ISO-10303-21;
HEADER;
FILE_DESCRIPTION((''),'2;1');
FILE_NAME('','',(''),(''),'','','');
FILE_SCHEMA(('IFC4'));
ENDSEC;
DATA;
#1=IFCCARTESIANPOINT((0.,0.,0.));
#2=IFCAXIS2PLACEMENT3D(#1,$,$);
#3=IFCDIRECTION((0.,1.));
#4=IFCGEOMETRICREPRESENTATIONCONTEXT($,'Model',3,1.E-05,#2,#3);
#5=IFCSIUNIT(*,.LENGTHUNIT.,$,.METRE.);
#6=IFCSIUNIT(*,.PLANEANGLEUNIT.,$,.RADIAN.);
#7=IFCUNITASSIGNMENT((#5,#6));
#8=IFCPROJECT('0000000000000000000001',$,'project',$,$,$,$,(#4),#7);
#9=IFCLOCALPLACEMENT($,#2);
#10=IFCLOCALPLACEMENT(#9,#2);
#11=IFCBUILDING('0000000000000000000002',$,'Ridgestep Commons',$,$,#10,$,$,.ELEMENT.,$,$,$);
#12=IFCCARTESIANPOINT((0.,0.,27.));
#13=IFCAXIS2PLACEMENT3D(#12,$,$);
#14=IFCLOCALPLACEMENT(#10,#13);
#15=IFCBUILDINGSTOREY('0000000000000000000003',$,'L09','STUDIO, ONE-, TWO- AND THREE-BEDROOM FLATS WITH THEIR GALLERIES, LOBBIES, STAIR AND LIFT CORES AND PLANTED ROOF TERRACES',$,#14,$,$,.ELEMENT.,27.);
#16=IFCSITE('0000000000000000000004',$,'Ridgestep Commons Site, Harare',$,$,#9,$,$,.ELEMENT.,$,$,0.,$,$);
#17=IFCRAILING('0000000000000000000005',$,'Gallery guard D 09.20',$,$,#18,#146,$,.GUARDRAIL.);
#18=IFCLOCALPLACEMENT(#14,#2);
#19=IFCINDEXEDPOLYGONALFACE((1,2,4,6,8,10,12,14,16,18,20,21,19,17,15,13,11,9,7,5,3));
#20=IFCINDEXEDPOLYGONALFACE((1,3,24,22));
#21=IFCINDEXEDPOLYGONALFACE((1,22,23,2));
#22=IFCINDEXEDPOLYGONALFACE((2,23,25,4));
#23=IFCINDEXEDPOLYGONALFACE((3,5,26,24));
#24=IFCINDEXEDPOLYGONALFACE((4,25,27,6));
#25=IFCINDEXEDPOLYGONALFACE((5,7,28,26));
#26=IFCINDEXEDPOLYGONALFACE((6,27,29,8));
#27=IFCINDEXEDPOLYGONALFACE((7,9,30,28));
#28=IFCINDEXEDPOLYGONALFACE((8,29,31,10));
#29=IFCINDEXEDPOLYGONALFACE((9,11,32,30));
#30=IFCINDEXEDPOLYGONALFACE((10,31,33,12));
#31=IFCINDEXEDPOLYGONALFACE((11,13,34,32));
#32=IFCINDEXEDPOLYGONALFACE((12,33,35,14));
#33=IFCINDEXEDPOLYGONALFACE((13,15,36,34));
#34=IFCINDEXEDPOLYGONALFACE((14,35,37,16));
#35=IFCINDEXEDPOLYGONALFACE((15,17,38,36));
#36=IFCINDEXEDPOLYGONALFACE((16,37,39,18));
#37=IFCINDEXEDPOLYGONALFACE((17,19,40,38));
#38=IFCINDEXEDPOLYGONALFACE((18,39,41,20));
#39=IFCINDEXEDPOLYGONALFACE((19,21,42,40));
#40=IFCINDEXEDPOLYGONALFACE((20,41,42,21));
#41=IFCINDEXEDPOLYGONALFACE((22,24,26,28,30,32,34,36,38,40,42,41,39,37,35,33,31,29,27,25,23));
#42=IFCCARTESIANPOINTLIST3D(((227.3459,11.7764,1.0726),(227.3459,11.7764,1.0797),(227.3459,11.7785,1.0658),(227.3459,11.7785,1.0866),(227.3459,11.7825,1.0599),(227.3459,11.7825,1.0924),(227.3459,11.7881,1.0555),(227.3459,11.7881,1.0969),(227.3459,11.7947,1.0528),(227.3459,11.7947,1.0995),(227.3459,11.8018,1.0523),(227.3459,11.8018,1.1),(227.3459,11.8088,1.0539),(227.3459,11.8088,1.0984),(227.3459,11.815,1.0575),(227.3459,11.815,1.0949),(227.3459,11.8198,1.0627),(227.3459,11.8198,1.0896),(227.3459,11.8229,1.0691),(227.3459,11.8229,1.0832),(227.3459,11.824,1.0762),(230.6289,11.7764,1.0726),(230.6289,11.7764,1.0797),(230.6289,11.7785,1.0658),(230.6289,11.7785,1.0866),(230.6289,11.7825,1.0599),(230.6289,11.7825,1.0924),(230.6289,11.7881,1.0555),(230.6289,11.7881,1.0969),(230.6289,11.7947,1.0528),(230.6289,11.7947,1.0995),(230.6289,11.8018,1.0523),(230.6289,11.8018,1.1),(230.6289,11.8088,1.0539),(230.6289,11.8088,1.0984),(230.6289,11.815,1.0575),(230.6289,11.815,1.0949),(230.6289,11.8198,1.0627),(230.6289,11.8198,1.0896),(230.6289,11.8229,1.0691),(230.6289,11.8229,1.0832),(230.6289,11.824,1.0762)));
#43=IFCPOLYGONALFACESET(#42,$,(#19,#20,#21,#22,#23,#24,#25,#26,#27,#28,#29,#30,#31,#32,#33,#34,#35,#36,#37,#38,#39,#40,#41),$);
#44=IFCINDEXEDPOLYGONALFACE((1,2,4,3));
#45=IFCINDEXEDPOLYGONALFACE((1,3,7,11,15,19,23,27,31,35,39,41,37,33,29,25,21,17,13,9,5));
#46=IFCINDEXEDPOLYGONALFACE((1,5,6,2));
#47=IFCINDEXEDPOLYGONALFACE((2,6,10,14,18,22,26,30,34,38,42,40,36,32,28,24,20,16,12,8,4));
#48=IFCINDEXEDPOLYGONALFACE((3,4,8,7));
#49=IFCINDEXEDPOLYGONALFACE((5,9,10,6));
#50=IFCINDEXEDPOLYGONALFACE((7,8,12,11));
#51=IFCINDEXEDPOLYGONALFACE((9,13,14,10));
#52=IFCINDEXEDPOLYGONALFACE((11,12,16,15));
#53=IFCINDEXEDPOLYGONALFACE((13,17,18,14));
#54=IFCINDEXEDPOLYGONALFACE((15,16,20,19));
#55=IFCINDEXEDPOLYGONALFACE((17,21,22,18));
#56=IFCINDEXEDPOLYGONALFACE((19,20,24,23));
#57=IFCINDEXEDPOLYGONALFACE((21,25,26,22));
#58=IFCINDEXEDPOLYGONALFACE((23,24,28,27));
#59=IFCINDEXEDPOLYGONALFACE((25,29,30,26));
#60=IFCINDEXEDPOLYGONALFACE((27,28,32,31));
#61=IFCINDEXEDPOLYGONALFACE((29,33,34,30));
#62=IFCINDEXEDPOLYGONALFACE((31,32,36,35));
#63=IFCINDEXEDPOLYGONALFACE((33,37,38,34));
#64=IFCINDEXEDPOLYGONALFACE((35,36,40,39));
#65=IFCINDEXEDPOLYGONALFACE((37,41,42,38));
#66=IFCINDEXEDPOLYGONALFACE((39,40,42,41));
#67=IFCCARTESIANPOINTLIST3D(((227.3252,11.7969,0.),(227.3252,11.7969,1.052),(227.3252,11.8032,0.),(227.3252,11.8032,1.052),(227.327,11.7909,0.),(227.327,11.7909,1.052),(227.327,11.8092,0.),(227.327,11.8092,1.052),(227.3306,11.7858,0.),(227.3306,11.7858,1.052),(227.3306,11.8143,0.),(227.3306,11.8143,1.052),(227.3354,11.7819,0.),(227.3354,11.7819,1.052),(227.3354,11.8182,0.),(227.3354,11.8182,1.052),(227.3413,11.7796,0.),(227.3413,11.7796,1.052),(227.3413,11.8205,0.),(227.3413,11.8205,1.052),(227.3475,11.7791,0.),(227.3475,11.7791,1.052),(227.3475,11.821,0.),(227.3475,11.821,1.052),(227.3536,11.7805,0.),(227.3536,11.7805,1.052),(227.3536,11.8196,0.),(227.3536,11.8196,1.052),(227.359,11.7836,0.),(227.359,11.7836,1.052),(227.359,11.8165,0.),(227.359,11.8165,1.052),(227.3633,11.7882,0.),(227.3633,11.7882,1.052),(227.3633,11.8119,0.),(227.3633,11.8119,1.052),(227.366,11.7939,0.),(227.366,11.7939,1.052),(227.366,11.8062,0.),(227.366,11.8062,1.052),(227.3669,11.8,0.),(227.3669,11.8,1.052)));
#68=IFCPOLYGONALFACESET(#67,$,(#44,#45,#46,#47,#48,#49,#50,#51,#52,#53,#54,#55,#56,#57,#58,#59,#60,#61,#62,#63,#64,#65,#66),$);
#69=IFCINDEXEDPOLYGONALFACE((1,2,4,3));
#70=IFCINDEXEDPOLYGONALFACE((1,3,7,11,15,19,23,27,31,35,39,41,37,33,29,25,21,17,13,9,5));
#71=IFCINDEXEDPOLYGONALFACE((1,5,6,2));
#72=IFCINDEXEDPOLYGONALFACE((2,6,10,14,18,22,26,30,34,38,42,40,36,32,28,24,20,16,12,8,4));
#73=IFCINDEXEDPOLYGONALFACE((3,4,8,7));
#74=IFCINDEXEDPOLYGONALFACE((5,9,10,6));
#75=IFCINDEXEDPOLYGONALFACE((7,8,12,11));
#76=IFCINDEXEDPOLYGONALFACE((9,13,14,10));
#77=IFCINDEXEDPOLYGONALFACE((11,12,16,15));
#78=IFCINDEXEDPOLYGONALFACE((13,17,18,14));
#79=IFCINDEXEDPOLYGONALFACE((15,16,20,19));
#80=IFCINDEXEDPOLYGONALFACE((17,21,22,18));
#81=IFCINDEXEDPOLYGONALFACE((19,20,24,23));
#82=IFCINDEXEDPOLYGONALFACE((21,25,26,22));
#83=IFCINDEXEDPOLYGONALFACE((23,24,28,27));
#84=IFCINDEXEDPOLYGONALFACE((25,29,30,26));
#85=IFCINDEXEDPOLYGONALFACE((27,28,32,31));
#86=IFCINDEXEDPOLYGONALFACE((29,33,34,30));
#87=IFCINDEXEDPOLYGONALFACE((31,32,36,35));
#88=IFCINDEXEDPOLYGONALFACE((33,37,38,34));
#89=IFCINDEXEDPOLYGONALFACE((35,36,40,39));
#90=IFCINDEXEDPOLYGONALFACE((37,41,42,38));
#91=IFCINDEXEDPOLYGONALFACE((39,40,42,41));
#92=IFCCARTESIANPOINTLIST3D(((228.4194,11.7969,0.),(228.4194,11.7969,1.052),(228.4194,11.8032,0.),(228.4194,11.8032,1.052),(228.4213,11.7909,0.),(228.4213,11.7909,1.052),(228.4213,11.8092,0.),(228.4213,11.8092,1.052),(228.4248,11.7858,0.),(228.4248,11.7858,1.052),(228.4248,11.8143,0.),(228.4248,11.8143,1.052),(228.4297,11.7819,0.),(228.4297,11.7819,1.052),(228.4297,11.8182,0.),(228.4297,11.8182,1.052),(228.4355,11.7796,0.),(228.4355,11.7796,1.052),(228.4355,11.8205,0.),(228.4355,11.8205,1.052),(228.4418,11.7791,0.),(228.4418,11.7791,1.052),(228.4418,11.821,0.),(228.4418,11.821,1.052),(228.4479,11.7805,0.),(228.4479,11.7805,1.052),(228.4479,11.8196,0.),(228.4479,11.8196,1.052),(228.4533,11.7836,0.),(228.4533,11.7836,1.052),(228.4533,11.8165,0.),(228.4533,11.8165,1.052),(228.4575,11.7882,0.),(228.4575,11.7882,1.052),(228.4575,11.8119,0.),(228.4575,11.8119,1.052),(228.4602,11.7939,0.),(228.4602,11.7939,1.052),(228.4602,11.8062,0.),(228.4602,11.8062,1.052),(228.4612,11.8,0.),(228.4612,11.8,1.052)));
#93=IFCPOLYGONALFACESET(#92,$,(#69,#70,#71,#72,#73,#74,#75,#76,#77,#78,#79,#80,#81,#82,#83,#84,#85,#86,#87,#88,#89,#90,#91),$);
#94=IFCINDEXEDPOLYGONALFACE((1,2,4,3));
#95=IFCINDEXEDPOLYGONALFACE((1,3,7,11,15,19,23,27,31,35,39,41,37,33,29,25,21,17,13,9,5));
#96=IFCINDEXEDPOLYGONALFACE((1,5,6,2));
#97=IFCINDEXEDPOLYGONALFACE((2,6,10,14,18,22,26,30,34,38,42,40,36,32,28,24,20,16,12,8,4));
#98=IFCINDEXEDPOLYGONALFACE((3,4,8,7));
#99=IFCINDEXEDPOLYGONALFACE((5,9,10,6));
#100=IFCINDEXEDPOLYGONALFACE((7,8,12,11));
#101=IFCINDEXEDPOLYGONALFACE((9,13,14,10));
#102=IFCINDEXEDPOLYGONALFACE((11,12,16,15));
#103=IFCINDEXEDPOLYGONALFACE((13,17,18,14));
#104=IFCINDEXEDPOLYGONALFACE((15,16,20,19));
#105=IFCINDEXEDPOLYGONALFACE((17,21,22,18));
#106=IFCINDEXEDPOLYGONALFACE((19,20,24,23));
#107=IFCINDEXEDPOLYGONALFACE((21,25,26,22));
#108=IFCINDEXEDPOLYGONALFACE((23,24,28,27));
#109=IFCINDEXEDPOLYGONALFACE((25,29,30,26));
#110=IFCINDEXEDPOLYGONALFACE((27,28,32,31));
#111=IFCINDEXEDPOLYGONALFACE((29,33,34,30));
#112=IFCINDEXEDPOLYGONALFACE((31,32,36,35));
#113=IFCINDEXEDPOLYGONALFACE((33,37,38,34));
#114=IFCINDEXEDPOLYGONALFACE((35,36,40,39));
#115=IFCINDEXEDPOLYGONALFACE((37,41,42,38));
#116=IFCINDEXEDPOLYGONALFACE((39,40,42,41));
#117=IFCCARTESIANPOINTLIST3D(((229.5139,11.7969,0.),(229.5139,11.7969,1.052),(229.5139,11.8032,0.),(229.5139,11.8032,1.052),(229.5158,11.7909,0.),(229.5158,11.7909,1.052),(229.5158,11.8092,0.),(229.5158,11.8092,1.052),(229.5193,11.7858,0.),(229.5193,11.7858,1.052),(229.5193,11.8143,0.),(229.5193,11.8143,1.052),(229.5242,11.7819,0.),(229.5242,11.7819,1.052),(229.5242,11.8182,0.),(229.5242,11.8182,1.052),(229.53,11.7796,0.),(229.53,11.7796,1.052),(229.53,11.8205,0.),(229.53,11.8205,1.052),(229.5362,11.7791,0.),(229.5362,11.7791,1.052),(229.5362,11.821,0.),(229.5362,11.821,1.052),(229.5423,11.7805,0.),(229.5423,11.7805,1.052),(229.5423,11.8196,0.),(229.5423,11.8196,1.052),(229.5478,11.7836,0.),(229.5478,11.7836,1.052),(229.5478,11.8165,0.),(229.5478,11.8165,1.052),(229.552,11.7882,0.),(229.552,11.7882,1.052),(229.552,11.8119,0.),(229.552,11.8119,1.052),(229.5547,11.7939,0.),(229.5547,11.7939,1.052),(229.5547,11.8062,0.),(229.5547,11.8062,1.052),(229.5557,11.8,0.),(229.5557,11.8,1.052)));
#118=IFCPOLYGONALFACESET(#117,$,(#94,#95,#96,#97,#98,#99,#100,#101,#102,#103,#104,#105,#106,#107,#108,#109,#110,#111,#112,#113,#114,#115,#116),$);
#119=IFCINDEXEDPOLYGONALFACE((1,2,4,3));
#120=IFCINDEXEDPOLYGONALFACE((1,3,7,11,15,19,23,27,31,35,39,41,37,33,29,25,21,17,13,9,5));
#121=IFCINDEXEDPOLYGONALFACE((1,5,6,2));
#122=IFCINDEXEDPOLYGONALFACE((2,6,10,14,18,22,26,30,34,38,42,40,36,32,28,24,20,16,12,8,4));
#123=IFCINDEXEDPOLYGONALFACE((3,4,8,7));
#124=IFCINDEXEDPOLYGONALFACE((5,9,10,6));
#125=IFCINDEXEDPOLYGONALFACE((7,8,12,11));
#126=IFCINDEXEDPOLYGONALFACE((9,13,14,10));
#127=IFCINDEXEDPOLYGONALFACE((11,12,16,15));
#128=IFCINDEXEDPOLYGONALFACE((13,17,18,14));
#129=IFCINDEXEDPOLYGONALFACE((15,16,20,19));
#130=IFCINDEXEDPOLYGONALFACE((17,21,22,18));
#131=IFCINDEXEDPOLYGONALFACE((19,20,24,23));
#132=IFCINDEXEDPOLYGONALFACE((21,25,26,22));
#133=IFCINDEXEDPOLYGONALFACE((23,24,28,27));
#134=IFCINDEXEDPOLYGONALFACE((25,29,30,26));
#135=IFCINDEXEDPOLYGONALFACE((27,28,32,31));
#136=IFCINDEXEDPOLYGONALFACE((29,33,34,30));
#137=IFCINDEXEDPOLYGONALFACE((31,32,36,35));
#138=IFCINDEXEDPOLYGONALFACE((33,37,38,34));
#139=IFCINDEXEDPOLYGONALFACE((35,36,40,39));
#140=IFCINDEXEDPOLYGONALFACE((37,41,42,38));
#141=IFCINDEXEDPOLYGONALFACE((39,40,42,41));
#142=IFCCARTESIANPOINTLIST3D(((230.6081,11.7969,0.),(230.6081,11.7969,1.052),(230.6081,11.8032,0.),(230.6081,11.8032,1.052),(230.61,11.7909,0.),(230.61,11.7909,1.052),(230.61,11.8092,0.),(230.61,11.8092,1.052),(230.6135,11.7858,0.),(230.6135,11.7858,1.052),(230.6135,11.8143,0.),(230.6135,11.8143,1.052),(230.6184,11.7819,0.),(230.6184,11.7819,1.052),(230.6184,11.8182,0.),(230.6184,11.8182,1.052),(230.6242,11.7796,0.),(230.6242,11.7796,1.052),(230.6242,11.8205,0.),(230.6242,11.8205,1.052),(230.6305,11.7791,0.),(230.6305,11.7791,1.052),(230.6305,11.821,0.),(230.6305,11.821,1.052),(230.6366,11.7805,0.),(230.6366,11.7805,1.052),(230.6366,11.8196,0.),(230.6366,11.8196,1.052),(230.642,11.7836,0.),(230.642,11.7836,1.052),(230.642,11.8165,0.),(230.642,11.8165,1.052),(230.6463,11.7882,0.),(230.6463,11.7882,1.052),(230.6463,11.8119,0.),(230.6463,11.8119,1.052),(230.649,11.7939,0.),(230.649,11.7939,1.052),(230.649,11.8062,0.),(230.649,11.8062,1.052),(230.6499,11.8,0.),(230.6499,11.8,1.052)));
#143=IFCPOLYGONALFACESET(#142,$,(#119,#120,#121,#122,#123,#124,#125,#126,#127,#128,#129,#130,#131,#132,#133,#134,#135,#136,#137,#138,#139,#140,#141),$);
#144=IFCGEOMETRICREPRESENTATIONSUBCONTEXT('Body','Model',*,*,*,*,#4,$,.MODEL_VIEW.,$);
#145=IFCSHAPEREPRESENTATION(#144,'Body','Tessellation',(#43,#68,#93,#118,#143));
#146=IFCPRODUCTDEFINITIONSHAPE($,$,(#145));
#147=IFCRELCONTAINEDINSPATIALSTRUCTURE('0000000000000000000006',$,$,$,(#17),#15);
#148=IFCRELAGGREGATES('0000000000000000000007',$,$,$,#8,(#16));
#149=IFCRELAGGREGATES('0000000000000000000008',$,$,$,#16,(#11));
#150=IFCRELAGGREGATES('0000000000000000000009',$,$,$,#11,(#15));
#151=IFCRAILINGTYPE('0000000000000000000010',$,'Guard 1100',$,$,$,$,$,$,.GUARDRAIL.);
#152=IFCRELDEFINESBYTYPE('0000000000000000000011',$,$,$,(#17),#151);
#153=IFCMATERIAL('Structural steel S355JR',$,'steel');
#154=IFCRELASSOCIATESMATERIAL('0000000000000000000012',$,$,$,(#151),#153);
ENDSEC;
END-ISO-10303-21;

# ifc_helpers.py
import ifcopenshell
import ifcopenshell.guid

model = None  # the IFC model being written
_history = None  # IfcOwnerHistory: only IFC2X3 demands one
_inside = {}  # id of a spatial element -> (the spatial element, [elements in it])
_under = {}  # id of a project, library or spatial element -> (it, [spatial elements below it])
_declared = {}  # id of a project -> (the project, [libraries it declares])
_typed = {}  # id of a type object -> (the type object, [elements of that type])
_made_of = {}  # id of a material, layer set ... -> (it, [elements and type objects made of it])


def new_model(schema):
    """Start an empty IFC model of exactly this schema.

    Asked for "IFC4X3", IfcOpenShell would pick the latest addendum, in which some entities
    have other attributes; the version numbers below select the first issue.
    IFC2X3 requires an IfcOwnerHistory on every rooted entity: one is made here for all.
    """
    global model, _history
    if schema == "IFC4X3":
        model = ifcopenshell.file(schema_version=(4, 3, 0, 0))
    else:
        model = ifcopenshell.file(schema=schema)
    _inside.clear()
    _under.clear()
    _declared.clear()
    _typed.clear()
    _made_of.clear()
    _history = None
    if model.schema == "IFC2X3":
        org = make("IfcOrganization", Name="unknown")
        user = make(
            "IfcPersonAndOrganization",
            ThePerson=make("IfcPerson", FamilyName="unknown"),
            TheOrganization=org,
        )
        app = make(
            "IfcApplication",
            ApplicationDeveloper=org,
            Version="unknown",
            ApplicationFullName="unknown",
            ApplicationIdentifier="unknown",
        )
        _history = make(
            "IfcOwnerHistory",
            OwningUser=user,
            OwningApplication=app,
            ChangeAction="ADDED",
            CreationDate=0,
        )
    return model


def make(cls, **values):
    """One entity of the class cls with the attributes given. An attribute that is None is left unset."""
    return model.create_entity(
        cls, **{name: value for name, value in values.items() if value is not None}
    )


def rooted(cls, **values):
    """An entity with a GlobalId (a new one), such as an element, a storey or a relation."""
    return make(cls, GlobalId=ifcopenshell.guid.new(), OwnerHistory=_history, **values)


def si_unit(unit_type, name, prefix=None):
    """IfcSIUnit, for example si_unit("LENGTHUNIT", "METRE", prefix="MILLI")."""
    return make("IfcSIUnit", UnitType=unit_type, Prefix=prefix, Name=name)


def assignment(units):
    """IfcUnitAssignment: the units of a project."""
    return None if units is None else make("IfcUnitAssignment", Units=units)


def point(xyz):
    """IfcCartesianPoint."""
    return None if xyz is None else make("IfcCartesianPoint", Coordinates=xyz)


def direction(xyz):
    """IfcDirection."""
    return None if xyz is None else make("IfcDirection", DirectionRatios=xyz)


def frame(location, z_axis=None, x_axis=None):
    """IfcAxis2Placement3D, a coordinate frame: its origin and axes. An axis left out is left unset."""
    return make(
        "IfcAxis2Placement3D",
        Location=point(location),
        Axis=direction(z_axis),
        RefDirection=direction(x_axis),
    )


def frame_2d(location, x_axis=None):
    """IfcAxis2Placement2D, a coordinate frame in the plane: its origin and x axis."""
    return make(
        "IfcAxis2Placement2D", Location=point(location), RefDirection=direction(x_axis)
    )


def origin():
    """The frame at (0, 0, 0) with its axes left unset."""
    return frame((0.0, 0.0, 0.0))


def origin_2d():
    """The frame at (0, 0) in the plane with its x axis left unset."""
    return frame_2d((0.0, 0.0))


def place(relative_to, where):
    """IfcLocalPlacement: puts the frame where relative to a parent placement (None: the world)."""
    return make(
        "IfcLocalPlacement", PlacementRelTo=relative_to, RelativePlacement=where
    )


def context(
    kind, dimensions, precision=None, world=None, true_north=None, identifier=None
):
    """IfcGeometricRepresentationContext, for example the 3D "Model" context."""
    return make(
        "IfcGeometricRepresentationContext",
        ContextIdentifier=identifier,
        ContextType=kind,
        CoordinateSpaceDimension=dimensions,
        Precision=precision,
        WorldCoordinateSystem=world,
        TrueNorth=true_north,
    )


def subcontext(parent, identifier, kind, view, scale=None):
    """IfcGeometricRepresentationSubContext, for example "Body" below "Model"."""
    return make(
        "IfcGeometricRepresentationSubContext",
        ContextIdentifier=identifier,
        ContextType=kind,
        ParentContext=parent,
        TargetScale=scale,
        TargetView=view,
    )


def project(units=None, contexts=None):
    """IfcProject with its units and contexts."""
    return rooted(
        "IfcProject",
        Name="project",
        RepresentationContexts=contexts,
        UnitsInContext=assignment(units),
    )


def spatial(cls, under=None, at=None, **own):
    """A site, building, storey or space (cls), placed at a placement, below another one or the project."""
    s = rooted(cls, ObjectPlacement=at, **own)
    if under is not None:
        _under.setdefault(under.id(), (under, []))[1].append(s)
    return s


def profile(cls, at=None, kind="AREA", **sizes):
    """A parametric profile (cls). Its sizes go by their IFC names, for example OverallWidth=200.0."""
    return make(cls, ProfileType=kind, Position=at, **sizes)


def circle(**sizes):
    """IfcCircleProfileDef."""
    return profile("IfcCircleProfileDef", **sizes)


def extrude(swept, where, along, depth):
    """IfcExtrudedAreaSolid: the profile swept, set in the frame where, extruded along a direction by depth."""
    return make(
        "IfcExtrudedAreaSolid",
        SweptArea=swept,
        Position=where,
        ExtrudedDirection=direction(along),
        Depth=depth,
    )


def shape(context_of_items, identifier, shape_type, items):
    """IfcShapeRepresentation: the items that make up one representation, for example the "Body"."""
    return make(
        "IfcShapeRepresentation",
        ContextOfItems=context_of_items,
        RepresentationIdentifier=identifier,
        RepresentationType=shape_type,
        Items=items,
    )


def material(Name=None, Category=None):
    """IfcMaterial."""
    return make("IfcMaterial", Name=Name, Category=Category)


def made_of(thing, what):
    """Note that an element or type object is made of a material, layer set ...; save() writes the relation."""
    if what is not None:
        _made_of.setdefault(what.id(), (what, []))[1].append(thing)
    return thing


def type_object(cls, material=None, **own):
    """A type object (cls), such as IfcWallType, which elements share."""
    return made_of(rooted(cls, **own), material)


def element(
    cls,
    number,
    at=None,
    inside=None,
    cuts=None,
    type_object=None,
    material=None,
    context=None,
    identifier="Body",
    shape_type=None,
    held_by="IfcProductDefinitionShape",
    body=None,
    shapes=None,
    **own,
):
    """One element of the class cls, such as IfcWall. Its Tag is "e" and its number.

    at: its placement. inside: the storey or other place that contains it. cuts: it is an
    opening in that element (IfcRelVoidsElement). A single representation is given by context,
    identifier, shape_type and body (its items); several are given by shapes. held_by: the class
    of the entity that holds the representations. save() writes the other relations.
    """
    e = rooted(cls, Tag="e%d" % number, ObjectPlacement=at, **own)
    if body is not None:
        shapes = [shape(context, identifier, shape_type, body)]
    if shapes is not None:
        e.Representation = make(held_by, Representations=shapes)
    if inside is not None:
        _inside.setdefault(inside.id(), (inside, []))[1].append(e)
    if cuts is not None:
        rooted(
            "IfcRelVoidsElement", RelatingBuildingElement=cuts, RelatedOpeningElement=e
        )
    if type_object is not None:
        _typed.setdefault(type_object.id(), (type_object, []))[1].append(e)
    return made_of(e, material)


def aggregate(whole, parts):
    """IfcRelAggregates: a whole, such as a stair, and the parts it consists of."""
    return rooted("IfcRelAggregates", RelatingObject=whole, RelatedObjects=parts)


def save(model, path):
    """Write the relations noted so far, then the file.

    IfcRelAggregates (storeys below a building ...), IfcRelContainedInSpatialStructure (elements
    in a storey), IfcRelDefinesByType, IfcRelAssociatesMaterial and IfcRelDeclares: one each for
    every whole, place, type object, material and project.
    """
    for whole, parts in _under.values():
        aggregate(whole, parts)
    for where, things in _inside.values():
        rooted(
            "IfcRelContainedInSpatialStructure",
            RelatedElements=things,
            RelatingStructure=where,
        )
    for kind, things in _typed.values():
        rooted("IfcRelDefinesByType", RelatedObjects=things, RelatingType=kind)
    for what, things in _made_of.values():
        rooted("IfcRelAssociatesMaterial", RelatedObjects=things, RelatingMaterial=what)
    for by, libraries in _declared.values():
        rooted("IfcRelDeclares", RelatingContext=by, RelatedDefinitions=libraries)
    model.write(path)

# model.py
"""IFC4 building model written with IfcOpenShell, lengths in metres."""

from ifc_helpers import new_model, si_unit, direction, frame, origin, origin_2d, place, context, subcontext, project, spatial, circle, extrude, material, type_object, element, save


model = new_model("IFC4")

# Units and contexts
model_context = context("Model", 3, precision=1e-05, world=origin(), true_north=direction((0.0, 1.0)))
body_context = subcontext(model_context, "Body", "Model", "MODEL_VIEW")
ifc_project = project(units=[si_unit("LENGTHUNIT", "METRE"), si_unit("PLANEANGLEUNIT", "RADIAN")], contexts=[model_context])

# Site, building, storey
site_placement = place(None, origin())
site = spatial("IfcSite", under=ifc_project, at=site_placement, Name="Ridgestep Commons Site, Harare", CompositionType="ELEMENT", RefElevation=0.0)
building_placement = place(site_placement, origin())
building = spatial("IfcBuilding", under=site, at=building_placement, Name="Ridgestep Commons", CompositionType="ELEMENT")
storey_placement = place(building_placement, frame((0.0, 0.0, 27.0)))
storey = spatial("IfcBuildingStorey", under=building, at=storey_placement, Name="L09", Description="STUDIO, ONE-, TWO- AND THREE-BEDROOM FLATS WITH THEIR GALLERIES, LOBBIES, STAIR AND LIFT CORES AND PLANTED ROOF TERRACES", CompositionType="ELEMENT", Elevation=27.0)

# Railing
ifc_material_1 = material(Name="Structural steel S355JR", Category="steel")
railing_type = type_object("IfcRailingType", Name="Guard 1100", PredefinedType="GUARDRAIL", material=ifc_material_1)
railing_1_placement = place(storey_placement, frame((227.3459, 11.8, 0.0)))
element("IfcRailing", 1, at=railing_1_placement, inside=storey, type_object=railing_type, Name="Gallery guard D 09.20", PredefinedType="GUARDRAIL", context=body_context, shape_type="SweptSolid", body=[
    extrude(circle(Radius=0.0239, at=origin_2d()), frame((0.0, 0.0, 1.0762), z_axis=(1.0, 0.0, 0.0), x_axis=(0.0, 1.0, 0.0)), (0.0, 0.0, 1.0), 3.283),
    extrude(circle(Radius=0.021, at=origin_2d()), origin(), (0.0, 0.0, 1.0), 1.052),
    extrude(circle(Radius=0.021, at=origin_2d()), frame((1.0942, 0.0, 0.0)), (0.0, 0.0, 1.0), 1.052),
    extrude(circle(Radius=0.021, at=origin_2d()), frame((2.1887, 0.0, 0.0)), (0.0, 0.0, 1.0), 1.052),
    extrude(circle(Radius=0.021, at=origin_2d()), frame((3.283, 0.0, 0.0)), (0.0, 0.0, 1.0), 1.052),
])

save(model, "model.ifc")
